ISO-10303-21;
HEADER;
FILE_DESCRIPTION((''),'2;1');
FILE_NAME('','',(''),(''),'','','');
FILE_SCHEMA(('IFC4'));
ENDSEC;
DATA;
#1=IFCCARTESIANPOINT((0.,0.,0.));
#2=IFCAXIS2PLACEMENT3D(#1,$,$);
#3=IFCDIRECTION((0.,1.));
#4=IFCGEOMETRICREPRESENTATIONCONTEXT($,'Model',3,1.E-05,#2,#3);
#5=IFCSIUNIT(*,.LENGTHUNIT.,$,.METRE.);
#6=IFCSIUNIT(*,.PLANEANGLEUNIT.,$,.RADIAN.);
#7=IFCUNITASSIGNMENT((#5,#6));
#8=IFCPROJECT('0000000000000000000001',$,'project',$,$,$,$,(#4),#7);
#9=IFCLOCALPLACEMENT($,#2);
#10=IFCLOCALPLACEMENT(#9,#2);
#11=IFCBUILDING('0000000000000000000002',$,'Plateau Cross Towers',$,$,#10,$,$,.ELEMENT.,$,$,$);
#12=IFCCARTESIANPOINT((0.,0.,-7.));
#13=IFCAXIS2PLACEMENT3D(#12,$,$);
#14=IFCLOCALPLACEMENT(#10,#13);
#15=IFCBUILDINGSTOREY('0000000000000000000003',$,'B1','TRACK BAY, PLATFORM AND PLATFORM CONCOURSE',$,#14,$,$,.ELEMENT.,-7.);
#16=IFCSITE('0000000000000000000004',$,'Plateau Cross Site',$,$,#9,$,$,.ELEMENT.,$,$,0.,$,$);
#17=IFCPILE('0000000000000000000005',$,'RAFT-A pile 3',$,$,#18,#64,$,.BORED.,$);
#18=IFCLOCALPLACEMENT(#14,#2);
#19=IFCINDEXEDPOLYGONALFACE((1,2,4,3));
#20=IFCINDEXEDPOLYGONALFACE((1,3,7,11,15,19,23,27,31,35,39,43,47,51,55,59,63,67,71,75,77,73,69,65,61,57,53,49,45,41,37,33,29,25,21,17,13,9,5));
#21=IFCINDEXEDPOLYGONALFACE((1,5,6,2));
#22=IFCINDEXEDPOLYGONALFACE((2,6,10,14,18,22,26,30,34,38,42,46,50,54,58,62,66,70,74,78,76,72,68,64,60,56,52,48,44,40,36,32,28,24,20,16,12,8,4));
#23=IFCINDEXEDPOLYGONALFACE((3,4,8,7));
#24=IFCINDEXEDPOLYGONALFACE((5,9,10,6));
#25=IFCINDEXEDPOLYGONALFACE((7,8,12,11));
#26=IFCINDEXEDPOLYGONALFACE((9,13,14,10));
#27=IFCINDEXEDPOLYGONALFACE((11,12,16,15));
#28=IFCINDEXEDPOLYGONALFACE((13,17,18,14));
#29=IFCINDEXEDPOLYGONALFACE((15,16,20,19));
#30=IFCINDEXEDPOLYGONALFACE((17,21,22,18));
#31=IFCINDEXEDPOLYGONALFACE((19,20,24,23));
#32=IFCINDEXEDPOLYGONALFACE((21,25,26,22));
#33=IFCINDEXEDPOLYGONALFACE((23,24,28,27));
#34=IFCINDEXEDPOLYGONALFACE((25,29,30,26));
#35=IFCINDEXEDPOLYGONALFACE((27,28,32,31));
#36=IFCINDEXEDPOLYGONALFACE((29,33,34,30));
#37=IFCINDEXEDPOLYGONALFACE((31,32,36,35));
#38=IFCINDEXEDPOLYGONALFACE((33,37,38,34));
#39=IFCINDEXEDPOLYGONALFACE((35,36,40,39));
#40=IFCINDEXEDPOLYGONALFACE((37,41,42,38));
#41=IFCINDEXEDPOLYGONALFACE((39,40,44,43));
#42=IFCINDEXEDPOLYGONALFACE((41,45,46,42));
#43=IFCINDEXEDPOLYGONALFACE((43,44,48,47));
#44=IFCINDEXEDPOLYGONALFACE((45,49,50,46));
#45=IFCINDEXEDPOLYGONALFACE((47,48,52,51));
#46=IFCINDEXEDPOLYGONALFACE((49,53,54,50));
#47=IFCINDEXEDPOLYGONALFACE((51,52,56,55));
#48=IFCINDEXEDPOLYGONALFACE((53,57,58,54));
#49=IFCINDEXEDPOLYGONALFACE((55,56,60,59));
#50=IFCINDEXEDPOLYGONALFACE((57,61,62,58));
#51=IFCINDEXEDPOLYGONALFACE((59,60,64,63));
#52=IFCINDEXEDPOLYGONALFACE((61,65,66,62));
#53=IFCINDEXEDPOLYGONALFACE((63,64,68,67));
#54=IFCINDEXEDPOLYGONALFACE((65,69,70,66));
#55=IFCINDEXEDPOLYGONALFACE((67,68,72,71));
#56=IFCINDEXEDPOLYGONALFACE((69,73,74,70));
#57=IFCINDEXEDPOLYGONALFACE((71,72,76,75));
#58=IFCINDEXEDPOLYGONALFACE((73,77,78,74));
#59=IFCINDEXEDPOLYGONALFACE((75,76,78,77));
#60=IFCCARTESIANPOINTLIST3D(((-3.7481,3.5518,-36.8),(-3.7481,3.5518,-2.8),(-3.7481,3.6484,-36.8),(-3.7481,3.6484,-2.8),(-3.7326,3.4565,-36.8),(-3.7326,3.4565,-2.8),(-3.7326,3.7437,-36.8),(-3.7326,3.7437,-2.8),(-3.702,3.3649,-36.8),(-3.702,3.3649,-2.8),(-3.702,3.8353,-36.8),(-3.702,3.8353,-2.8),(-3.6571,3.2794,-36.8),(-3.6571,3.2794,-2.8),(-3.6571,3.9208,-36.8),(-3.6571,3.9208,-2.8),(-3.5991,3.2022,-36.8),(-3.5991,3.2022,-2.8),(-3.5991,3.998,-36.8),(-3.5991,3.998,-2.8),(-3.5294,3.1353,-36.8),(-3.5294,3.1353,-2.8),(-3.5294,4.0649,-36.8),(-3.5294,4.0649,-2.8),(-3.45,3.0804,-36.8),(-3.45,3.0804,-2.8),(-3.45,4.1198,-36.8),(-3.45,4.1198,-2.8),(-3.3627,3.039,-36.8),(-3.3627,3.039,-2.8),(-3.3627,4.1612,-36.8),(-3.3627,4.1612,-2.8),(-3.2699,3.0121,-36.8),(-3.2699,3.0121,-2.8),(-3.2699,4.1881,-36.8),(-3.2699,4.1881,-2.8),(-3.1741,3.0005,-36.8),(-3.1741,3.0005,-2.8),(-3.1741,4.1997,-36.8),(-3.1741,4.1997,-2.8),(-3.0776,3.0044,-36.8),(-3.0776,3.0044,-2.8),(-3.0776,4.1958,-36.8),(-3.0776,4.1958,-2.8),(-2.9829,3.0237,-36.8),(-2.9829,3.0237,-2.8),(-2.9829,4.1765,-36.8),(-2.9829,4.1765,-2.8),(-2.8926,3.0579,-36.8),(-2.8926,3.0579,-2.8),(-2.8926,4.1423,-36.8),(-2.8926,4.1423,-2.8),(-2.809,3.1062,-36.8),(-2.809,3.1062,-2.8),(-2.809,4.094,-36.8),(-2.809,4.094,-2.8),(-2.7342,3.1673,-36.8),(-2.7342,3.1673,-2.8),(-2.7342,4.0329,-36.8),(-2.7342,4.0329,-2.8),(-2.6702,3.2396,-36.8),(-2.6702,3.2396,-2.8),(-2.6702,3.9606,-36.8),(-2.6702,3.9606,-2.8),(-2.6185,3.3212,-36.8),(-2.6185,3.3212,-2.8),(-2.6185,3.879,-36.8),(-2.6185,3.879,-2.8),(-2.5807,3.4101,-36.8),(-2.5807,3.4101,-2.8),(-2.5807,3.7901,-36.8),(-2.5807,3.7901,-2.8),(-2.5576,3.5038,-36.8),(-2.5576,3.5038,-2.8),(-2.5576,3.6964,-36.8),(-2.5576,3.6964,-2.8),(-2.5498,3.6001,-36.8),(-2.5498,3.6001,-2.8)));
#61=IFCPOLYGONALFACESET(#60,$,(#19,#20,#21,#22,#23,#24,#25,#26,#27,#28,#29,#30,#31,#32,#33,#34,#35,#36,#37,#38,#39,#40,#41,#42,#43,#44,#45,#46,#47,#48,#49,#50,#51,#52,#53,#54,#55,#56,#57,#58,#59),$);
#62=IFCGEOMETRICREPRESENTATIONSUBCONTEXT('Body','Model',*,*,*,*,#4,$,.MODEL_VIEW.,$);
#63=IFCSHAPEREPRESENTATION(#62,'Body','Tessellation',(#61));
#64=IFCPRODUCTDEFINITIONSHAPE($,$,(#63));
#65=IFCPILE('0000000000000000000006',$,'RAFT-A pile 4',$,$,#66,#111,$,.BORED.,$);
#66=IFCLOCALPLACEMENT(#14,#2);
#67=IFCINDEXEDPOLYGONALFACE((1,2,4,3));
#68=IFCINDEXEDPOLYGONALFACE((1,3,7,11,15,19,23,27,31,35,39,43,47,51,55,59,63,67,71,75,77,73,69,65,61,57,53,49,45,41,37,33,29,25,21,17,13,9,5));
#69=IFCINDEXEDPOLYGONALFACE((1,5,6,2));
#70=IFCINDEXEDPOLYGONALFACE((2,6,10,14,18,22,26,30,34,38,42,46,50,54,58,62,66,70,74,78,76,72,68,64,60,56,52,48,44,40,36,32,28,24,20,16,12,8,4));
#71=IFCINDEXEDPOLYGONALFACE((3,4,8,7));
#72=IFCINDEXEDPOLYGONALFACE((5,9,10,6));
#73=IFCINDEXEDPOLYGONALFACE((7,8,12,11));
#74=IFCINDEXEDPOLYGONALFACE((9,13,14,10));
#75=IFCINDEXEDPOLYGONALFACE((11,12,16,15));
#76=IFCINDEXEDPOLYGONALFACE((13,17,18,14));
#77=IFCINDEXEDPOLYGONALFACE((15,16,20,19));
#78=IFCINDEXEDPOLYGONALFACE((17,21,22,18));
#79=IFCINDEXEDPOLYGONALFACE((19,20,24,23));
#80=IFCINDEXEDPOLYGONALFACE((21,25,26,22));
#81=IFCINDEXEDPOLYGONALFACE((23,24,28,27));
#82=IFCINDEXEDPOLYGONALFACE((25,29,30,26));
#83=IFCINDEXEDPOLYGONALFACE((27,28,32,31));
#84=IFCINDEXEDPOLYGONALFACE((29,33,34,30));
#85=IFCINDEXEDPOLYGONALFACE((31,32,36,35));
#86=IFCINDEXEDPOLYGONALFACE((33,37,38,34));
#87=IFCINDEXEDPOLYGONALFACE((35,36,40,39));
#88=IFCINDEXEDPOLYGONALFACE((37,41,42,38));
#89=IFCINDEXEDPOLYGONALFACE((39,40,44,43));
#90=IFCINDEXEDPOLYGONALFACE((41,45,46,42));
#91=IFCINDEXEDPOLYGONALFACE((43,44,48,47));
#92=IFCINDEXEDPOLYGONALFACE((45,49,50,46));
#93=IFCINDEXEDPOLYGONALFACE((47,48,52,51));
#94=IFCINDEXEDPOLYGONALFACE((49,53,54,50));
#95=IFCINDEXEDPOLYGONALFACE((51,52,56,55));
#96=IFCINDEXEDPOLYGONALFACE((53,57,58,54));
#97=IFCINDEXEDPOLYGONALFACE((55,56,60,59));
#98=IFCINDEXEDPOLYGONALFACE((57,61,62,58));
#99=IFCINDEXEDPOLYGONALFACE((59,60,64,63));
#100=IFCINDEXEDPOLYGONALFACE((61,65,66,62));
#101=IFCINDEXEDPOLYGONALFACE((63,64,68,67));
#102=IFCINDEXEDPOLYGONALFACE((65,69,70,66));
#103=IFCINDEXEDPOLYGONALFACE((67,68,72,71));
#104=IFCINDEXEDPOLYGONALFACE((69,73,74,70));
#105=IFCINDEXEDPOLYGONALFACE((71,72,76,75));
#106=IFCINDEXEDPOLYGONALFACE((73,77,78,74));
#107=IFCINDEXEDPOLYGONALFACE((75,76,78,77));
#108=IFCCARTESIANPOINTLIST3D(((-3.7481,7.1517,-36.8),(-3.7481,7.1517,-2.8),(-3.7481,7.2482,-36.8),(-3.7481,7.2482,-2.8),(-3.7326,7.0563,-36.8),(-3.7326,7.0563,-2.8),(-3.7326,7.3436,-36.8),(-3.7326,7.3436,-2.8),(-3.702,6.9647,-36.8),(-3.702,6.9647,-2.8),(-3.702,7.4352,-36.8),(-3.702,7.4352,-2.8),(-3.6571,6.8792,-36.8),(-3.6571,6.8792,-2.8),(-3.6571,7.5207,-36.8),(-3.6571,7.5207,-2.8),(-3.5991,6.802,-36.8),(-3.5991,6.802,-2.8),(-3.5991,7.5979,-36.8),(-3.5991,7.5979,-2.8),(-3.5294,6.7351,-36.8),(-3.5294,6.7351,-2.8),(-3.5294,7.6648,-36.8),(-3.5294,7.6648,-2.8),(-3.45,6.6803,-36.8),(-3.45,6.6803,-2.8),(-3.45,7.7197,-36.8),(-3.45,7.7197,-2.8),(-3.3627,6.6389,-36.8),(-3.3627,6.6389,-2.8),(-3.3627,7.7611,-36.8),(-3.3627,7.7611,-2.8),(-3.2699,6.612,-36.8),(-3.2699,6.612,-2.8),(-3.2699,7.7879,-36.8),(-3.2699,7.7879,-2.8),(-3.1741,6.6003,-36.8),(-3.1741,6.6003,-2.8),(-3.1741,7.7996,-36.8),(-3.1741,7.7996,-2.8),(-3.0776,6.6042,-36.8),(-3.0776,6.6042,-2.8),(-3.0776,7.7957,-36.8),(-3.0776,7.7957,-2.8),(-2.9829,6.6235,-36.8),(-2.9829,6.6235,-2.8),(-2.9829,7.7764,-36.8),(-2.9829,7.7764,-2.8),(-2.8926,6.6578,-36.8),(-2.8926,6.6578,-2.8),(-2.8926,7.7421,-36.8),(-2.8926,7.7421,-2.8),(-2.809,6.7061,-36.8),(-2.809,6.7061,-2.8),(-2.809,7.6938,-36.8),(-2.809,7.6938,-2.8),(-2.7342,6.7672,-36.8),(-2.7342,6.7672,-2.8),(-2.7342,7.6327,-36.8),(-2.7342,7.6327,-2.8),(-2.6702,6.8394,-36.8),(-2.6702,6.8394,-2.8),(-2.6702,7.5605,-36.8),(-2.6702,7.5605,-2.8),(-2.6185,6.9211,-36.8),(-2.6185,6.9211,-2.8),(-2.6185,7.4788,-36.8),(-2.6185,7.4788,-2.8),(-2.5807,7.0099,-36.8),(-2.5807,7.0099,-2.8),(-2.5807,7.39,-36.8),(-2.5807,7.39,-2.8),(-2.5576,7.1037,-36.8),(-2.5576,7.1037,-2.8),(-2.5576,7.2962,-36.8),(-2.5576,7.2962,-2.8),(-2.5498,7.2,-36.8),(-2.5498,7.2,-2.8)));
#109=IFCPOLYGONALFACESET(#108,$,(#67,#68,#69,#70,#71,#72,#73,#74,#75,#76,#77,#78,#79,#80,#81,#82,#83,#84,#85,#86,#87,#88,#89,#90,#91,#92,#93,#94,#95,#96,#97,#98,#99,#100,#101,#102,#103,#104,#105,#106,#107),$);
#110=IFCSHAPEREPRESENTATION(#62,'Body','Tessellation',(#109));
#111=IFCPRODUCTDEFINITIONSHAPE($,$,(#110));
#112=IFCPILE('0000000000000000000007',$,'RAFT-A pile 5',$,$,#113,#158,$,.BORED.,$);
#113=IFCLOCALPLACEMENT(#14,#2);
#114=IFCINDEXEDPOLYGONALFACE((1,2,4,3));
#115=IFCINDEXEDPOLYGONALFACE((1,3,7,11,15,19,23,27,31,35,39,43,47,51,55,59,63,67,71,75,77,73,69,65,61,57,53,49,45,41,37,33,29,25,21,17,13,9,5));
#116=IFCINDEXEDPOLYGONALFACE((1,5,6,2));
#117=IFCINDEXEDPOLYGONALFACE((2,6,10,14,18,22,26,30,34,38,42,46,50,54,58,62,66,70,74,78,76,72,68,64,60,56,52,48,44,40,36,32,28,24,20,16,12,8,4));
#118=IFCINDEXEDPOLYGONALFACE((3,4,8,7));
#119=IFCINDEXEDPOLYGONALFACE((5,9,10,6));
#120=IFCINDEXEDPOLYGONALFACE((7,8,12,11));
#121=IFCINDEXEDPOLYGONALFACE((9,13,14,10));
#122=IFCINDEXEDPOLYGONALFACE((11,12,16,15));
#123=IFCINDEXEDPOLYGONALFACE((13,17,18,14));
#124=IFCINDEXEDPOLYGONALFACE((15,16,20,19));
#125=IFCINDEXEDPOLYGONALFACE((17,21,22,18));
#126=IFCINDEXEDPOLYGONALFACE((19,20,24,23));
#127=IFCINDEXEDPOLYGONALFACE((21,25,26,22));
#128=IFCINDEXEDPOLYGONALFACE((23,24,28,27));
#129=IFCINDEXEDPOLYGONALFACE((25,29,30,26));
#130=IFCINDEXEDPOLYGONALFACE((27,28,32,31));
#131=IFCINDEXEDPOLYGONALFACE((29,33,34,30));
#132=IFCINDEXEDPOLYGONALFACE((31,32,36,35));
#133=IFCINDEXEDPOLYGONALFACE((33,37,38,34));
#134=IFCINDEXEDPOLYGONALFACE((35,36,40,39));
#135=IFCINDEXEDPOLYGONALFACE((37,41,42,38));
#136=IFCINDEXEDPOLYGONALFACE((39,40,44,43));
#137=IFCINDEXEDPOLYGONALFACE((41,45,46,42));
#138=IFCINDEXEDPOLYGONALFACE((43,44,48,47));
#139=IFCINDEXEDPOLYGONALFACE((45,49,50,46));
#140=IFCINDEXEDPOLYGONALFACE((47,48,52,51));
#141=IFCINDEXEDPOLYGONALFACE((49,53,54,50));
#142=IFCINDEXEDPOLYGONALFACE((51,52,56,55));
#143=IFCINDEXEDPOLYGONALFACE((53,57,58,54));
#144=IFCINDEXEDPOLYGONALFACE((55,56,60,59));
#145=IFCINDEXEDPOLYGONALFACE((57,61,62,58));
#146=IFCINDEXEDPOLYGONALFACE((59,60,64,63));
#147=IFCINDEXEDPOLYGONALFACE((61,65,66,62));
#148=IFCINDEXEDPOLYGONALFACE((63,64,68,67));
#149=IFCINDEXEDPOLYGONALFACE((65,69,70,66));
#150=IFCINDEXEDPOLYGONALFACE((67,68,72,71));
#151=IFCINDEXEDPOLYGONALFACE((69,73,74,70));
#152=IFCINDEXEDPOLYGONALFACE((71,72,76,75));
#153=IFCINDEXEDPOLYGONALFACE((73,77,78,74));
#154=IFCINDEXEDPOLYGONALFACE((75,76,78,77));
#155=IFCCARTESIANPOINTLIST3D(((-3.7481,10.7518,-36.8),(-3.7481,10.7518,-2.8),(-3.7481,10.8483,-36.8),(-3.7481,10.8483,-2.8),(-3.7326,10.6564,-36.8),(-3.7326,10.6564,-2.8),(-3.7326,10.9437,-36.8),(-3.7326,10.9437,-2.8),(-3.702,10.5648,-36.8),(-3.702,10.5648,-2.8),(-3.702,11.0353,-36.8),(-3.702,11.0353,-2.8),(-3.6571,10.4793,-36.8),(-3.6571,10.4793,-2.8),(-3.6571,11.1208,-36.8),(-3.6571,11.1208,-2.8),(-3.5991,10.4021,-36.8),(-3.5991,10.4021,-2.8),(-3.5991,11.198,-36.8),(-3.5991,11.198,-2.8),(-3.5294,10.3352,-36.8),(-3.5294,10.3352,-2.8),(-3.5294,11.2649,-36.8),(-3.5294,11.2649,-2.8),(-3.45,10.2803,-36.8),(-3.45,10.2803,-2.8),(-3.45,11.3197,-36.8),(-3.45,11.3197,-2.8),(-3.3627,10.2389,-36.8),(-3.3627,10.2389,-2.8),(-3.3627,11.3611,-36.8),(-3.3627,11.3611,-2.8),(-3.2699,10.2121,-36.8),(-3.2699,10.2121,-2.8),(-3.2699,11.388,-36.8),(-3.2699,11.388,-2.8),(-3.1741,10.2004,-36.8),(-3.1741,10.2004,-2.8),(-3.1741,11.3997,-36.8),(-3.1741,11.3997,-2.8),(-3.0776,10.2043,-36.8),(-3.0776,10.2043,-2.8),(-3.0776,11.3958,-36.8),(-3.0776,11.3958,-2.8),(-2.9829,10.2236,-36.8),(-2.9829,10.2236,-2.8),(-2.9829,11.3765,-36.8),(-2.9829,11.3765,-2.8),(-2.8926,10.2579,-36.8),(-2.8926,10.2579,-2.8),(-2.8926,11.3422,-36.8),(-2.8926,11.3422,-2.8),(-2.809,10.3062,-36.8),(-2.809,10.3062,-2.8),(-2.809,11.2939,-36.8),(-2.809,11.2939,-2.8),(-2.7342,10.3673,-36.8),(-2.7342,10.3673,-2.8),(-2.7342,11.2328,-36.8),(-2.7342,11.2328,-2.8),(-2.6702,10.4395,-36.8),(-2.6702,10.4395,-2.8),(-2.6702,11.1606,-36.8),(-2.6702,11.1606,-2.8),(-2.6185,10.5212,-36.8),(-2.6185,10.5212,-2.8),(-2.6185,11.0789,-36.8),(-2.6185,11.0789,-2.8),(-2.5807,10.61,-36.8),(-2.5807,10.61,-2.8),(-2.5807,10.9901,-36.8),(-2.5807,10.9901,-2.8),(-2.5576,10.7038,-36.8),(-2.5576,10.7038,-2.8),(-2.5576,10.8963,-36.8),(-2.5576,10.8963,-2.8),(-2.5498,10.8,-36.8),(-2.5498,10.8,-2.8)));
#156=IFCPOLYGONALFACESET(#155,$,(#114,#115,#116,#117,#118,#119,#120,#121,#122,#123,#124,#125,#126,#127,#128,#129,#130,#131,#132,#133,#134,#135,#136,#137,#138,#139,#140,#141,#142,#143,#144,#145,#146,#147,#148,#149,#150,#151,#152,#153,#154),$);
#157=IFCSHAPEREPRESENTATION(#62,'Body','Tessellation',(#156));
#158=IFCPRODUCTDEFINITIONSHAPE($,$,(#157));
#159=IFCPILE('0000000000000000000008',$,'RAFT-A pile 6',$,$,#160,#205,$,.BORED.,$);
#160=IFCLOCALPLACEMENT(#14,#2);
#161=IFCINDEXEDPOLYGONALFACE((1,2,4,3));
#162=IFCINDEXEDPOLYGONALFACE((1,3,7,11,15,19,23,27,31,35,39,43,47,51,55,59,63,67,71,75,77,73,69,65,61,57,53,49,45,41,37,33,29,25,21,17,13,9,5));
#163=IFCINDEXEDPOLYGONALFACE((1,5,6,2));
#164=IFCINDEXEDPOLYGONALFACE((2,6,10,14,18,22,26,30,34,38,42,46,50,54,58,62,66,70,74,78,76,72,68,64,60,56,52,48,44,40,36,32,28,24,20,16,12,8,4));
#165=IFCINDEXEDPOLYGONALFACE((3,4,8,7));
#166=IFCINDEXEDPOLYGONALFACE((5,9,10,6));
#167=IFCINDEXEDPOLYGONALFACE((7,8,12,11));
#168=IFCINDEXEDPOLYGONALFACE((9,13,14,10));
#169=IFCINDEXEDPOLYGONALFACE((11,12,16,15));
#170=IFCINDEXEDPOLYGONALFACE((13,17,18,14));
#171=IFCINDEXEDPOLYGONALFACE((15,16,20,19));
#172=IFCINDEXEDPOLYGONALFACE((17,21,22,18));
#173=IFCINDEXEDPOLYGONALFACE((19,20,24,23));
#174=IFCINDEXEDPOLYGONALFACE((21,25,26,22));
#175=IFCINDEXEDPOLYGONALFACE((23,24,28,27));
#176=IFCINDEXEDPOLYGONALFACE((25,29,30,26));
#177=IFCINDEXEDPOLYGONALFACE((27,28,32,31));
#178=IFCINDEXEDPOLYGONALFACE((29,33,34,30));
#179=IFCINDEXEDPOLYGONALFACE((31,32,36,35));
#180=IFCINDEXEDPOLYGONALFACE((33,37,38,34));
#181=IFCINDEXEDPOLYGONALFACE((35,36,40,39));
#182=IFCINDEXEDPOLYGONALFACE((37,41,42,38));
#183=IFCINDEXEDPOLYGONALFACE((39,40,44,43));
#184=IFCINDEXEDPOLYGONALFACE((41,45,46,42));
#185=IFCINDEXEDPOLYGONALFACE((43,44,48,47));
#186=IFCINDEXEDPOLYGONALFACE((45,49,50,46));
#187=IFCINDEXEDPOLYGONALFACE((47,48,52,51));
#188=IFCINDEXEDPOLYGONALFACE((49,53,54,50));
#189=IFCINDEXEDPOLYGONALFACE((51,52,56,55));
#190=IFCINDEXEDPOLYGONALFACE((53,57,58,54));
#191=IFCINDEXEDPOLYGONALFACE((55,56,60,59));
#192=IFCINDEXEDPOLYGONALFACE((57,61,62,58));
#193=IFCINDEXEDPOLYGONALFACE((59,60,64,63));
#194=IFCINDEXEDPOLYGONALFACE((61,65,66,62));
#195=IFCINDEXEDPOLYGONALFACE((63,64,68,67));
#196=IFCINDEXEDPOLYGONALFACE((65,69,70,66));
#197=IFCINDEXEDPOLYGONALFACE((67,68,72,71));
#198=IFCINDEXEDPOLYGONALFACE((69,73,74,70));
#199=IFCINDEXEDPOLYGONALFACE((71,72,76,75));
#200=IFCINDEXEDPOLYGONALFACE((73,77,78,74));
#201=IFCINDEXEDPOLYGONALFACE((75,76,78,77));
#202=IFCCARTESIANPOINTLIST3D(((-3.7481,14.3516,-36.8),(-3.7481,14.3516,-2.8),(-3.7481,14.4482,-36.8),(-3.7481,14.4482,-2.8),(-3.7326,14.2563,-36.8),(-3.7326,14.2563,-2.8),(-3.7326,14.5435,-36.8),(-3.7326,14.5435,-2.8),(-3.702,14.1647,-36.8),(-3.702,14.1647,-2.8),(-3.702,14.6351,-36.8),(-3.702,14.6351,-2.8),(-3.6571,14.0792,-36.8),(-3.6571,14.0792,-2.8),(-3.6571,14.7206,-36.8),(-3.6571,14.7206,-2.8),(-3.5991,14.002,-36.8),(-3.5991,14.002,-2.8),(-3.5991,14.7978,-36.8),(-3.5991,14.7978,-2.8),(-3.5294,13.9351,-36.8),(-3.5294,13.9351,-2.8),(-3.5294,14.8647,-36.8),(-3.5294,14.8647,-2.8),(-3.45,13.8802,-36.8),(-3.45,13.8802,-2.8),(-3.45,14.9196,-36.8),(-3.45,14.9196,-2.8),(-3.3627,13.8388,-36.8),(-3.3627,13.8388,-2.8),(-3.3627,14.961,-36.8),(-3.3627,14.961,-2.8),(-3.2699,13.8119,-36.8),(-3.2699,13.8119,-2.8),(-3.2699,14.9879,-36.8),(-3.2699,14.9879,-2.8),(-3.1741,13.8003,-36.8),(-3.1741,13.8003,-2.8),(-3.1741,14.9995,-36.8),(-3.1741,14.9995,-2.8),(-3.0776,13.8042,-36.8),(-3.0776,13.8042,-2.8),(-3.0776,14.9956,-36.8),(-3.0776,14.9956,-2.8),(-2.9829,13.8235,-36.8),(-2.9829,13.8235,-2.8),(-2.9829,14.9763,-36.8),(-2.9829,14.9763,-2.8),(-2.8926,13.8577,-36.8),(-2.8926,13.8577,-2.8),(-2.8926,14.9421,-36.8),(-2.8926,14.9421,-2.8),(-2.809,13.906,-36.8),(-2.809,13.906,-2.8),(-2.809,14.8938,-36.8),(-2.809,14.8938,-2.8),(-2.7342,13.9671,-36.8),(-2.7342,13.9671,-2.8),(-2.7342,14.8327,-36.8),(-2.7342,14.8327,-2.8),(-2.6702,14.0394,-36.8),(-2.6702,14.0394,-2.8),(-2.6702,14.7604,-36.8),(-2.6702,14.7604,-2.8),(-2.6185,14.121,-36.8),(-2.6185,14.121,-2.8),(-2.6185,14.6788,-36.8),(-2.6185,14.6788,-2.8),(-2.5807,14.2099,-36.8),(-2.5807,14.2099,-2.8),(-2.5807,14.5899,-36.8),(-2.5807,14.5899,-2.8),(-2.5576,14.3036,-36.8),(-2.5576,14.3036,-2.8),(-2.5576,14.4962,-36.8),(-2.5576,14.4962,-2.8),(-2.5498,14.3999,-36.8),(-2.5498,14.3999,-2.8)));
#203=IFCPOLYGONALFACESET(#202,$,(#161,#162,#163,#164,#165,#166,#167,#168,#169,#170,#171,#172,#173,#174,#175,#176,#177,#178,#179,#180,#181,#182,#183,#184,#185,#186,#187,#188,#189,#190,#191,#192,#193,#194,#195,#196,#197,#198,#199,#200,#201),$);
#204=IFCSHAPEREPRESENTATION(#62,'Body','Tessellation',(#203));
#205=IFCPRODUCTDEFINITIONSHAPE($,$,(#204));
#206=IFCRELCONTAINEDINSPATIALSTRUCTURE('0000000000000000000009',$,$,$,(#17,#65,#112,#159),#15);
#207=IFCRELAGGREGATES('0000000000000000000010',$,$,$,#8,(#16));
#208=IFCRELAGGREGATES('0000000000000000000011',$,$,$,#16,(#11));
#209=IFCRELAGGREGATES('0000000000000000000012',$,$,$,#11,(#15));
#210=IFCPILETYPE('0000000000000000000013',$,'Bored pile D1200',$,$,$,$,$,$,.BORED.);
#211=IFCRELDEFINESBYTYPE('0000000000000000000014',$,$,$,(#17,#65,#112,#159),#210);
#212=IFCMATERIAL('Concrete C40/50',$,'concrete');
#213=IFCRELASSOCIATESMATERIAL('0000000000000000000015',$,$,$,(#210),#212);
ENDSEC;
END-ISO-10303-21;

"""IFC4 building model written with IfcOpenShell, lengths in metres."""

from ifc_helpers import new_model, si_unit, direction, frame, origin, origin_2d, place, context, subcontext, project, spatial, circle, extrude, material, material_profile, profile_set, type_object, element, save


model = new_model("IFC4")

# Units and contexts
model_context = context("Model", 3, precision=1e-05, world=origin(), true_north=direction((0.0, 1.0)))
body_context = subcontext(model_context, "Body", "Model", "MODEL_VIEW")
ifc_project = project(units=[si_unit("LENGTHUNIT", "METRE"), si_unit("PLANEANGLEUNIT", "RADIAN")], contexts=[model_context])

# Site, building, storey
site_placement = place(None, origin())
site = spatial("IfcSite", under=ifc_project, at=site_placement, Name="Plateau Cross Site", CompositionType="ELEMENT", RefElevation=0.0)
building_placement = place(site_placement, origin())
building = spatial("IfcBuilding", under=site, at=building_placement, Name="Plateau Cross Towers", CompositionType="ELEMENT")
storey_placement = place(building_placement, frame((0.0, 0.0, -7.0)))
storey = spatial("IfcBuildingStorey", under=building, at=storey_placement, Name="B1", Description="TRACK BAY, PLATFORM AND PLATFORM CONCOURSE", CompositionType="ELEMENT", Elevation=-7.0)

# Piles
ifc_material_1 = material(Name="Concrete C40/50", Category="concrete")
ifc_material_profile_1 = material_profile(ifc_material_1, circle(Radius=0.6001, at=origin_2d()), Name="Bored pile D1200")
ifc_profile_set_1 = profile_set([ifc_material_profile_1], Name="Concrete C40/50")
pile_type = type_object("IfcPileType", Name="Bored pile D1200", PredefinedType="BORED", material=ifc_profile_set_1)
for number, where, z_axis, x_axis, name in (
    (1, (-3.1499, 3.6001, -2.8), (0.0, 0.0, -1.0), (1.0, 0.0, 0.0), "RAFT-A pile 3"),
    (2, (-3.1499, 7.2, -2.8), (0.0, 0.0, -1.0), (1.0, 0.0, 0.0), "RAFT-A pile 4"),
    (3, (-3.1499, 10.8, -2.8), (0.0, 0.0, -1.0), (1.0, 0.0, 0.0), "RAFT-A pile 5"),
    (4, (-3.1499, 14.3999, -2.8), (0.0, 0.0, -1.0), (1.0, 0.0, 0.0), "RAFT-A pile 6"),
):
    element("IfcPile", number, at=place(storey_placement, frame(where, z_axis=z_axis, x_axis=x_axis)), inside=storey, type_object=pile_type, Name=name, PredefinedType="BORED", context=body_context, shape_type="SweptSolid", body=[
        extrude(circle(Radius=0.6001, at=origin_2d()), origin(), (0.0, 0.0, 1.0), 34.0),
    ])

save(model, "model.ifc")
